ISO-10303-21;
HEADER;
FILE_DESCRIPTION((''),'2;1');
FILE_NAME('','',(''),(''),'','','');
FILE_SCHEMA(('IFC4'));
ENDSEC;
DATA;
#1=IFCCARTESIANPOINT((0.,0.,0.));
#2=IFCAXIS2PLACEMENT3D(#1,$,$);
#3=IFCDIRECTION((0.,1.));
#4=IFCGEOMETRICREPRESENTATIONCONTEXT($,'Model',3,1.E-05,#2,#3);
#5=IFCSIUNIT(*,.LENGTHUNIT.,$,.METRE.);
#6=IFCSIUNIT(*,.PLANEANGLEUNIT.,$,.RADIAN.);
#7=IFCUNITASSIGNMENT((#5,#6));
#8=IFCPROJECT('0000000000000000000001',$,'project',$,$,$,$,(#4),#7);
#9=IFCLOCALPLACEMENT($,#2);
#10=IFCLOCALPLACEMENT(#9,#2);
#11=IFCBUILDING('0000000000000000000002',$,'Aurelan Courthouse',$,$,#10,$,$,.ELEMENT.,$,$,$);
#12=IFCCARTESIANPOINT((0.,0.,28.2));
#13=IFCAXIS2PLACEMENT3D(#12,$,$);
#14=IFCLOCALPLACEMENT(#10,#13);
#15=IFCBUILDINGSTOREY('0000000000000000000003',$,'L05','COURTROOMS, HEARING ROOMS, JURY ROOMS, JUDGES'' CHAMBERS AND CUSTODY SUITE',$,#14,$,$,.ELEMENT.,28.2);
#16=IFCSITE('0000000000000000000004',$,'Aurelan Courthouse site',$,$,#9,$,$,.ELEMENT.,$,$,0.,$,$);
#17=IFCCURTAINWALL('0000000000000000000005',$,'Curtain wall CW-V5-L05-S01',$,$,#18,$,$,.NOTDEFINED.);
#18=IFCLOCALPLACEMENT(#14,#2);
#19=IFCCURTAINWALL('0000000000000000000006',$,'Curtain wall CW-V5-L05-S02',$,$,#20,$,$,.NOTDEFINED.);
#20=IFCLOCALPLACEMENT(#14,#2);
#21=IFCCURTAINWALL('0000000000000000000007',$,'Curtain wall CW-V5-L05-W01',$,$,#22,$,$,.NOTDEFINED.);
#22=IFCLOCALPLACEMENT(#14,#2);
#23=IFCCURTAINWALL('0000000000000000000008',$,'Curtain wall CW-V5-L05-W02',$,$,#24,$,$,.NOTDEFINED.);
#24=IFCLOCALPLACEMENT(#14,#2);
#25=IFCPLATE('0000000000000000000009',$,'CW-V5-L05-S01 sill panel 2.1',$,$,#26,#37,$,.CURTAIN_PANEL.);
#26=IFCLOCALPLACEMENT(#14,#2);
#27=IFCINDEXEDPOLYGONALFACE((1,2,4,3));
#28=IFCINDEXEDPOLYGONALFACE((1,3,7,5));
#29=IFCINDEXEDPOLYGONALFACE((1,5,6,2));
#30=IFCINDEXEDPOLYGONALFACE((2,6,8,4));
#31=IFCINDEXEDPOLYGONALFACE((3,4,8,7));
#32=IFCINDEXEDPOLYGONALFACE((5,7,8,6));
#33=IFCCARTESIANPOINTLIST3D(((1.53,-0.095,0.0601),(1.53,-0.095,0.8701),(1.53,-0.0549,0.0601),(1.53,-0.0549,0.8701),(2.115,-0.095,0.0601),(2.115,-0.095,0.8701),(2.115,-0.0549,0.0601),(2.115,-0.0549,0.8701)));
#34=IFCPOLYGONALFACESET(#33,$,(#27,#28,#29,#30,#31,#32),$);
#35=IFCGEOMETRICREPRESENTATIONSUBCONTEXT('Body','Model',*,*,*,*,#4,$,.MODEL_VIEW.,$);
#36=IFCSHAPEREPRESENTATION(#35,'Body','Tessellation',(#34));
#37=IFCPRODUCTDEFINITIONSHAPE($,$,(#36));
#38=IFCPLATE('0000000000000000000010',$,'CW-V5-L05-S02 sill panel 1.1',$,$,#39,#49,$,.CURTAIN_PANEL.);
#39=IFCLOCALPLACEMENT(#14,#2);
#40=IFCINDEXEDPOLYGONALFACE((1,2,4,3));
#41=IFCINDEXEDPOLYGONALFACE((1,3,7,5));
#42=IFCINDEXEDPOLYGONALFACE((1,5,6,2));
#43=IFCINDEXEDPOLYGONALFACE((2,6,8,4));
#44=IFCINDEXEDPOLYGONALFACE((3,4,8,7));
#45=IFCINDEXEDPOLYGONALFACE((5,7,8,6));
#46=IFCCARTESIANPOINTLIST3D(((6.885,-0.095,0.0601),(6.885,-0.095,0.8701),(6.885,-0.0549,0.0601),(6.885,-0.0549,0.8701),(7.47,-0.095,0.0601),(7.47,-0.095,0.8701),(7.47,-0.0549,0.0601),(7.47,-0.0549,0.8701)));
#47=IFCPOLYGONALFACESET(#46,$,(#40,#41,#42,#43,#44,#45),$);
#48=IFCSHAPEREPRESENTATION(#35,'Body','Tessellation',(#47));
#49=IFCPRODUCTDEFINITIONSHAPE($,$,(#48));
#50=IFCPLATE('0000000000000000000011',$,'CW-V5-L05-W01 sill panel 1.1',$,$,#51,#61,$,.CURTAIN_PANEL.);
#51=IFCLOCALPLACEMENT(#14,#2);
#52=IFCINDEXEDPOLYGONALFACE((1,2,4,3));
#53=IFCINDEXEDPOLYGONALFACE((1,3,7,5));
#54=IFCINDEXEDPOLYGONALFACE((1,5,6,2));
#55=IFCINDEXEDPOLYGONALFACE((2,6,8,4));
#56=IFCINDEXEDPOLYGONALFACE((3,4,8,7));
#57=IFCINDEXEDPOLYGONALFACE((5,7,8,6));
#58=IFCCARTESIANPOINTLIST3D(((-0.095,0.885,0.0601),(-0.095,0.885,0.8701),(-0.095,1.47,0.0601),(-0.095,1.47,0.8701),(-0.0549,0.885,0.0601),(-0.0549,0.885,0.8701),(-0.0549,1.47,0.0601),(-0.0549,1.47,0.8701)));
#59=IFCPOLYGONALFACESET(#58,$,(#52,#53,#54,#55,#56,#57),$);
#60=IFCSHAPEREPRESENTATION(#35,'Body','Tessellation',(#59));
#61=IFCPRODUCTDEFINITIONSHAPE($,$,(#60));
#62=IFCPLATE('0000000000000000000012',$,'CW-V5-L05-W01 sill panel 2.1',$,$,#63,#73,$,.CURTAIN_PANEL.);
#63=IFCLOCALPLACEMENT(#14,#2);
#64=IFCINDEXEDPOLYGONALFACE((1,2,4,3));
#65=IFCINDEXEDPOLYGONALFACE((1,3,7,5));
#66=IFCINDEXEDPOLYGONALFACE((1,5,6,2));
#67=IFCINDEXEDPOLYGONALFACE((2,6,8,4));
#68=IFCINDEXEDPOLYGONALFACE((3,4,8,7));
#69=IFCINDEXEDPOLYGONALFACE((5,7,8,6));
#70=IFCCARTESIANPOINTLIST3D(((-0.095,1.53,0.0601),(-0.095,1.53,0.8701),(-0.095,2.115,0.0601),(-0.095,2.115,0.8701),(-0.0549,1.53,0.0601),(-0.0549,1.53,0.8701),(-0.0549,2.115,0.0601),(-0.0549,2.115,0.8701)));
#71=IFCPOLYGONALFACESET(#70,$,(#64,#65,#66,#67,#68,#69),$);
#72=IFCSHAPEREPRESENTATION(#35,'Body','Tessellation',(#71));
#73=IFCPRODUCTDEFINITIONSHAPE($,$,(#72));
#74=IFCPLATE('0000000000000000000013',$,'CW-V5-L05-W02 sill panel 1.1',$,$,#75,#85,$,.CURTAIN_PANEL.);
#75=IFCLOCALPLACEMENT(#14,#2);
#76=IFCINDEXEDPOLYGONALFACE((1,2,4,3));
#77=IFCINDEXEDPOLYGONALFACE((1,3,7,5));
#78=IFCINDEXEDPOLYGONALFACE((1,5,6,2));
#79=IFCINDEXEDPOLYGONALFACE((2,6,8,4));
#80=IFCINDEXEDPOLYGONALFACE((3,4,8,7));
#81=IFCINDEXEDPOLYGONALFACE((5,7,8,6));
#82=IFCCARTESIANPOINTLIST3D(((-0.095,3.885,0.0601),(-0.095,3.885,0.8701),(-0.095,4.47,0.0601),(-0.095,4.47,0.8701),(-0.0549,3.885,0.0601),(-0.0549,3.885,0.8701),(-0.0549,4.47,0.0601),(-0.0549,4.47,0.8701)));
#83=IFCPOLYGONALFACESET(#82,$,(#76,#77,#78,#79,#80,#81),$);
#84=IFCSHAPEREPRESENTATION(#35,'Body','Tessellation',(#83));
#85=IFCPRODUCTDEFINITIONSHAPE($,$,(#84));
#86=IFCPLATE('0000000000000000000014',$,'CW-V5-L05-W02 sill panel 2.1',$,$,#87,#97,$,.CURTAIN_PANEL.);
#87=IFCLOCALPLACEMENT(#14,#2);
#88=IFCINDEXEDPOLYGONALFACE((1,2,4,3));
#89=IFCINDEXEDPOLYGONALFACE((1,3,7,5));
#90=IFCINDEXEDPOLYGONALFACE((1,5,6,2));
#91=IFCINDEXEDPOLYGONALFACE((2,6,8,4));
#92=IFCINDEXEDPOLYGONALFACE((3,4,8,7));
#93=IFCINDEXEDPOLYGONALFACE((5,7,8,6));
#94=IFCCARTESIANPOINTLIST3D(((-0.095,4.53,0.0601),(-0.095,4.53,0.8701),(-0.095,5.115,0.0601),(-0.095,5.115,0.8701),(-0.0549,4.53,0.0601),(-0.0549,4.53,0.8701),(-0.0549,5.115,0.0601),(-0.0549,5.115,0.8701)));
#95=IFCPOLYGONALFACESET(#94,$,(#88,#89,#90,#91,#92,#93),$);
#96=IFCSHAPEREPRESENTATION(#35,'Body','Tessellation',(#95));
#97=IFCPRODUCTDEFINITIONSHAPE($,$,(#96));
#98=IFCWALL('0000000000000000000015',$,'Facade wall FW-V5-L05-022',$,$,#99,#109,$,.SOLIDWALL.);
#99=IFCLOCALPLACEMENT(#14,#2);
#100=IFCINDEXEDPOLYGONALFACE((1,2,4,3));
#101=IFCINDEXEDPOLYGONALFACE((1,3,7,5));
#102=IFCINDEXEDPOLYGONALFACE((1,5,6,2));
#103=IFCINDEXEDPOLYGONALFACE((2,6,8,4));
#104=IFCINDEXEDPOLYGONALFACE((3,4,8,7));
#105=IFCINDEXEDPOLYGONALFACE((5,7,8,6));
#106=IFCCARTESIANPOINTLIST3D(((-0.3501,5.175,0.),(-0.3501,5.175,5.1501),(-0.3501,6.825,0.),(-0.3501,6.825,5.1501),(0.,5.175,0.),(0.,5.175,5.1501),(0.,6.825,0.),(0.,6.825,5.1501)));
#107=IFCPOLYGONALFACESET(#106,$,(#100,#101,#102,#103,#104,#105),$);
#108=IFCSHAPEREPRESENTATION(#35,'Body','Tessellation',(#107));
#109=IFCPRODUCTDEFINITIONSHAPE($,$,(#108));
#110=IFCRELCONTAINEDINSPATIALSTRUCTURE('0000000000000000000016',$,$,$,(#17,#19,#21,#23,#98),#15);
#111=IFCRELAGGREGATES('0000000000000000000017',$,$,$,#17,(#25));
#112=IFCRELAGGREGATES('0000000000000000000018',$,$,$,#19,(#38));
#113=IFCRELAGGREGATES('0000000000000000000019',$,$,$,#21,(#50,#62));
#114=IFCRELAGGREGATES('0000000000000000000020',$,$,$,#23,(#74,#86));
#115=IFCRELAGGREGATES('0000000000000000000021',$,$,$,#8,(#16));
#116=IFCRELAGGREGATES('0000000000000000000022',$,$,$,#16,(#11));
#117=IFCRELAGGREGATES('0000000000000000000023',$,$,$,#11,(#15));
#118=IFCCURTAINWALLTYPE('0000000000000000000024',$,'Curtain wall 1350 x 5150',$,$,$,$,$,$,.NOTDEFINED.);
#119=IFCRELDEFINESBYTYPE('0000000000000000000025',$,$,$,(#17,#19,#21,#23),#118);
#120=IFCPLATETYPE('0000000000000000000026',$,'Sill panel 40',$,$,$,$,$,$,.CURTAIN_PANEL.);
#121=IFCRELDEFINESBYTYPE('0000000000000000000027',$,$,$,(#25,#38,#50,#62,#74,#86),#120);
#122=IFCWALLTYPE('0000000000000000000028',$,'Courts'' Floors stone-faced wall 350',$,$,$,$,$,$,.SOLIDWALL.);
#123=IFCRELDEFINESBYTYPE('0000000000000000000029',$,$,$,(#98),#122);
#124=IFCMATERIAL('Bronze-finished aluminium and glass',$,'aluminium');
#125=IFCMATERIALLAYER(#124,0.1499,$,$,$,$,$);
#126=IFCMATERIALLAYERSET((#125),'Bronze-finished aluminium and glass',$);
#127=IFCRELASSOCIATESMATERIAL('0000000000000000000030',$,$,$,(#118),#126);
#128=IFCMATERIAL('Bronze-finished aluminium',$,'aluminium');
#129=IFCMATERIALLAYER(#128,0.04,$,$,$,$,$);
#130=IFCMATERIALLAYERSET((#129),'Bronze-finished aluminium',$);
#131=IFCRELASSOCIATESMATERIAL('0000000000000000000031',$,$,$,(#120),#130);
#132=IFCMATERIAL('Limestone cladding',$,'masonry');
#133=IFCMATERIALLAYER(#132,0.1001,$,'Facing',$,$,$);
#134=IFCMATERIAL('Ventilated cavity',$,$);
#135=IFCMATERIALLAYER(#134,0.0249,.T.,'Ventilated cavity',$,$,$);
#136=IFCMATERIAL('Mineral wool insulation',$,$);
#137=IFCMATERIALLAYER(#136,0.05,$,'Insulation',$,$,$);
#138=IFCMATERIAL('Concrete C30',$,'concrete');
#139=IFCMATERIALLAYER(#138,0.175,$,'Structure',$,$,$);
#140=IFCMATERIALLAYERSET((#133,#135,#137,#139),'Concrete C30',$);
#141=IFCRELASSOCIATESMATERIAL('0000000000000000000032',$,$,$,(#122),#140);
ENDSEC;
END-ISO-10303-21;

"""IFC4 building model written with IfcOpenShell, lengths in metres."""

from ifc_helpers import new_model, si_unit, direction, frame, frame_2d, origin, origin_2d, place, context, subcontext, project, spatial, rectangle, extrude, material, layer, layer_set, type_object, element, aggregate, save


model = new_model("IFC4")

# Units and contexts
model_context = context("Model", 3, precision=1e-05, world=origin(), true_north=direction((0.0, 1.0)))
body_context = subcontext(model_context, "Body", "Model", "MODEL_VIEW")
ifc_project = project(units=[si_unit("LENGTHUNIT", "METRE"), si_unit("PLANEANGLEUNIT", "RADIAN")], contexts=[model_context])

# Site, building, storey
site_placement = place(None, origin())
site = spatial("IfcSite", under=ifc_project, at=site_placement, Name="Aurelan Courthouse site", CompositionType="ELEMENT", RefElevation=0.0)
building_placement = place(site_placement, origin())
building = spatial("IfcBuilding", under=site, at=building_placement, Name="Aurelan Courthouse", CompositionType="ELEMENT")
storey_placement = place(building_placement, frame((0.0, 0.0, 28.2)))
storey = spatial("IfcBuildingStorey", under=building, at=storey_placement, Name="L05", Description="COURTROOMS, HEARING ROOMS, JURY ROOMS, JUDGES' CHAMBERS AND CUSTODY SUITE", CompositionType="ELEMENT", Elevation=28.2)

# Shared definitions
ifc_material_1 = material(Name="Bronze-finished aluminium and glass", Category="aluminium")
ifc_layer_1 = layer(ifc_material_1, 0.1499)
ifc_layer_set_1 = layer_set([ifc_layer_1], Name="Bronze-finished aluminium and glass")
curtain_wall_type = type_object("IfcCurtainWallType", Name="Curtain wall 1350 x 5150", PredefinedType="NOTDEFINED", material=ifc_layer_set_1)
ifc_material_2 = material(Name="Bronze-finished aluminium", Category="aluminium")

# Curtain walls
curtain_wall_1_placement = place(storey_placement, origin())
curtain_wall_1 = element("IfcCurtainWall", 1, at=curtain_wall_1_placement, inside=storey, type_object=curtain_wall_type, Name="Curtain wall CW-V5-L05-S01", PredefinedType="NOTDEFINED")
curtain_wall_2_placement = place(storey_placement, origin())
curtain_wall_2 = element("IfcCurtainWall", 2, at=curtain_wall_2_placement, inside=storey, type_object=curtain_wall_type, Name="Curtain wall CW-V5-L05-S02", PredefinedType="NOTDEFINED")
curtain_wall_3_placement = place(storey_placement, origin())
curtain_wall_3 = element("IfcCurtainWall", 3, at=curtain_wall_3_placement, inside=storey, type_object=curtain_wall_type, Name="Curtain wall CW-V5-L05-W01", PredefinedType="NOTDEFINED")
curtain_wall_4_placement = place(storey_placement, origin())
curtain_wall_4 = element("IfcCurtainWall", 4, at=curtain_wall_4_placement, inside=storey, type_object=curtain_wall_type, Name="Curtain wall CW-V5-L05-W02", PredefinedType="NOTDEFINED")

# Plates
ifc_layer_2 = layer(ifc_material_2, 0.04)
ifc_layer_set_2 = layer_set([ifc_layer_2], Name="Bronze-finished aluminium")
plate_type = type_object("IfcPlateType", Name="Sill panel 40", PredefinedType="CURTAIN_PANEL", material=ifc_layer_set_2)
plate_1_placement = place(storey_placement, frame((1.8225, -0.075, 0.0601), z_axis=(0.0, 0.0, 1.0), x_axis=(1.0, 0.0, 0.0)))
plate_1 = element("IfcPlate", 5, at=plate_1_placement, type_object=plate_type, Name="CW-V5-L05-S01 sill panel 2.1", PredefinedType="CURTAIN_PANEL", context=body_context, shape_type="SweptSolid", body=[
    extrude(rectangle(XDim=0.585, YDim=0.04, at=origin_2d()), origin(), (0.0, 0.0, 1.0), 0.8101),
])
aggregate(curtain_wall_1, [plate_1])
plate_2_placement = place(storey_placement, frame((7.1775, -0.075, 0.0601), z_axis=(0.0, 0.0, 1.0), x_axis=(1.0, 0.0, 0.0)))
plate_2 = element("IfcPlate", 6, at=plate_2_placement, type_object=plate_type, Name="CW-V5-L05-S02 sill panel 1.1", PredefinedType="CURTAIN_PANEL", context=body_context, shape_type="SweptSolid", body=[
    extrude(rectangle(XDim=0.585, YDim=0.04, at=origin_2d()), origin(), (0.0, 0.0, 1.0), 0.8101),
])
aggregate(curtain_wall_2, [plate_2])
plate_3_placement = place(storey_placement, frame((-0.075, 1.1775, 0.0601), z_axis=(0.0, 0.0, 1.0), x_axis=(0.0, 1.0, 0.0)))
plate_3 = element("IfcPlate", 7, at=plate_3_placement, type_object=plate_type, Name="CW-V5-L05-W01 sill panel 1.1", PredefinedType="CURTAIN_PANEL", context=body_context, shape_type="SweptSolid", body=[
    extrude(rectangle(XDim=0.585, YDim=0.04, at=origin_2d()), origin(), (0.0, 0.0, 1.0), 0.8101),
])
plate_4_placement = place(storey_placement, frame((-0.075, 1.8225, 0.0601), z_axis=(0.0, 0.0, 1.0), x_axis=(0.0, 1.0, 0.0)))
plate_4 = element("IfcPlate", 8, at=plate_4_placement, type_object=plate_type, Name="CW-V5-L05-W01 sill panel 2.1", PredefinedType="CURTAIN_PANEL", context=body_context, shape_type="SweptSolid", body=[
    extrude(rectangle(XDim=0.585, YDim=0.04, at=origin_2d()), origin(), (0.0, 0.0, 1.0), 0.8101),
])
aggregate(curtain_wall_3, [plate_3, plate_4])
plate_5_placement = place(storey_placement, frame((-0.075, 4.1775, 0.0601), z_axis=(0.0, 0.0, 1.0), x_axis=(0.0, 1.0, 0.0)))
plate_5 = element("IfcPlate", 9, at=plate_5_placement, type_object=plate_type, Name="CW-V5-L05-W02 sill panel 1.1", PredefinedType="CURTAIN_PANEL", context=body_context, shape_type="SweptSolid", body=[
    extrude(rectangle(XDim=0.585, YDim=0.04, at=origin_2d()), origin(), (0.0, 0.0, 1.0), 0.8101),
])
plate_6_placement = place(storey_placement, frame((-0.075, 4.8225, 0.0601), z_axis=(0.0, 0.0, 1.0), x_axis=(0.0, 1.0, 0.0)))
plate_6 = element("IfcPlate", 10, at=plate_6_placement, type_object=plate_type, Name="CW-V5-L05-W02 sill panel 2.1", PredefinedType="CURTAIN_PANEL", context=body_context, shape_type="SweptSolid", body=[
    extrude(rectangle(XDim=0.585, YDim=0.04, at=origin_2d()), origin(), (0.0, 0.0, 1.0), 0.8101),
])
aggregate(curtain_wall_4, [plate_5, plate_6])

# Wall
ifc_material_3 = material(Name="Limestone cladding", Category="masonry")
ifc_layer_3 = layer(ifc_material_3, 0.1001, Name="Facing")
ifc_material_4 = material(Name="Ventilated cavity")
ifc_layer_4 = layer(ifc_material_4, 0.0249, ventilated=True, Name="Ventilated cavity")
ifc_material_5 = material(Name="Mineral wool insulation")
ifc_layer_5 = layer(ifc_material_5, 0.05, Name="Insulation")
ifc_material_6 = material(Name="Concrete C30", Category="concrete")
ifc_layer_6 = layer(ifc_material_6, 0.175, Name="Structure")
ifc_layer_set_3 = layer_set([ifc_layer_3, ifc_layer_4, ifc_layer_5, ifc_layer_6], Name="Concrete C30")
wall_type = type_object("IfcWallType", Name="Courts' Floors stone-faced wall 350", PredefinedType="SOLIDWALL", material=ifc_layer_set_3)
wall_placement = place(storey_placement, frame((-0.175, 5.175, 0.0), z_axis=(0.0, 0.0, 1.0), x_axis=(0.0, 1.0, 0.0)))
element("IfcWall", 11, at=wall_placement, inside=storey, type_object=wall_type, Name="Facade wall FW-V5-L05-022", PredefinedType="SOLIDWALL", context=body_context, shape_type="SweptSolid", body=[
    extrude(rectangle(XDim=1.6499, YDim=0.3501, at=frame_2d((0.825, 0.0))), origin(), (0.0, 0.0, 1.0), 5.1501),
])

save(model, "model.ifc")
